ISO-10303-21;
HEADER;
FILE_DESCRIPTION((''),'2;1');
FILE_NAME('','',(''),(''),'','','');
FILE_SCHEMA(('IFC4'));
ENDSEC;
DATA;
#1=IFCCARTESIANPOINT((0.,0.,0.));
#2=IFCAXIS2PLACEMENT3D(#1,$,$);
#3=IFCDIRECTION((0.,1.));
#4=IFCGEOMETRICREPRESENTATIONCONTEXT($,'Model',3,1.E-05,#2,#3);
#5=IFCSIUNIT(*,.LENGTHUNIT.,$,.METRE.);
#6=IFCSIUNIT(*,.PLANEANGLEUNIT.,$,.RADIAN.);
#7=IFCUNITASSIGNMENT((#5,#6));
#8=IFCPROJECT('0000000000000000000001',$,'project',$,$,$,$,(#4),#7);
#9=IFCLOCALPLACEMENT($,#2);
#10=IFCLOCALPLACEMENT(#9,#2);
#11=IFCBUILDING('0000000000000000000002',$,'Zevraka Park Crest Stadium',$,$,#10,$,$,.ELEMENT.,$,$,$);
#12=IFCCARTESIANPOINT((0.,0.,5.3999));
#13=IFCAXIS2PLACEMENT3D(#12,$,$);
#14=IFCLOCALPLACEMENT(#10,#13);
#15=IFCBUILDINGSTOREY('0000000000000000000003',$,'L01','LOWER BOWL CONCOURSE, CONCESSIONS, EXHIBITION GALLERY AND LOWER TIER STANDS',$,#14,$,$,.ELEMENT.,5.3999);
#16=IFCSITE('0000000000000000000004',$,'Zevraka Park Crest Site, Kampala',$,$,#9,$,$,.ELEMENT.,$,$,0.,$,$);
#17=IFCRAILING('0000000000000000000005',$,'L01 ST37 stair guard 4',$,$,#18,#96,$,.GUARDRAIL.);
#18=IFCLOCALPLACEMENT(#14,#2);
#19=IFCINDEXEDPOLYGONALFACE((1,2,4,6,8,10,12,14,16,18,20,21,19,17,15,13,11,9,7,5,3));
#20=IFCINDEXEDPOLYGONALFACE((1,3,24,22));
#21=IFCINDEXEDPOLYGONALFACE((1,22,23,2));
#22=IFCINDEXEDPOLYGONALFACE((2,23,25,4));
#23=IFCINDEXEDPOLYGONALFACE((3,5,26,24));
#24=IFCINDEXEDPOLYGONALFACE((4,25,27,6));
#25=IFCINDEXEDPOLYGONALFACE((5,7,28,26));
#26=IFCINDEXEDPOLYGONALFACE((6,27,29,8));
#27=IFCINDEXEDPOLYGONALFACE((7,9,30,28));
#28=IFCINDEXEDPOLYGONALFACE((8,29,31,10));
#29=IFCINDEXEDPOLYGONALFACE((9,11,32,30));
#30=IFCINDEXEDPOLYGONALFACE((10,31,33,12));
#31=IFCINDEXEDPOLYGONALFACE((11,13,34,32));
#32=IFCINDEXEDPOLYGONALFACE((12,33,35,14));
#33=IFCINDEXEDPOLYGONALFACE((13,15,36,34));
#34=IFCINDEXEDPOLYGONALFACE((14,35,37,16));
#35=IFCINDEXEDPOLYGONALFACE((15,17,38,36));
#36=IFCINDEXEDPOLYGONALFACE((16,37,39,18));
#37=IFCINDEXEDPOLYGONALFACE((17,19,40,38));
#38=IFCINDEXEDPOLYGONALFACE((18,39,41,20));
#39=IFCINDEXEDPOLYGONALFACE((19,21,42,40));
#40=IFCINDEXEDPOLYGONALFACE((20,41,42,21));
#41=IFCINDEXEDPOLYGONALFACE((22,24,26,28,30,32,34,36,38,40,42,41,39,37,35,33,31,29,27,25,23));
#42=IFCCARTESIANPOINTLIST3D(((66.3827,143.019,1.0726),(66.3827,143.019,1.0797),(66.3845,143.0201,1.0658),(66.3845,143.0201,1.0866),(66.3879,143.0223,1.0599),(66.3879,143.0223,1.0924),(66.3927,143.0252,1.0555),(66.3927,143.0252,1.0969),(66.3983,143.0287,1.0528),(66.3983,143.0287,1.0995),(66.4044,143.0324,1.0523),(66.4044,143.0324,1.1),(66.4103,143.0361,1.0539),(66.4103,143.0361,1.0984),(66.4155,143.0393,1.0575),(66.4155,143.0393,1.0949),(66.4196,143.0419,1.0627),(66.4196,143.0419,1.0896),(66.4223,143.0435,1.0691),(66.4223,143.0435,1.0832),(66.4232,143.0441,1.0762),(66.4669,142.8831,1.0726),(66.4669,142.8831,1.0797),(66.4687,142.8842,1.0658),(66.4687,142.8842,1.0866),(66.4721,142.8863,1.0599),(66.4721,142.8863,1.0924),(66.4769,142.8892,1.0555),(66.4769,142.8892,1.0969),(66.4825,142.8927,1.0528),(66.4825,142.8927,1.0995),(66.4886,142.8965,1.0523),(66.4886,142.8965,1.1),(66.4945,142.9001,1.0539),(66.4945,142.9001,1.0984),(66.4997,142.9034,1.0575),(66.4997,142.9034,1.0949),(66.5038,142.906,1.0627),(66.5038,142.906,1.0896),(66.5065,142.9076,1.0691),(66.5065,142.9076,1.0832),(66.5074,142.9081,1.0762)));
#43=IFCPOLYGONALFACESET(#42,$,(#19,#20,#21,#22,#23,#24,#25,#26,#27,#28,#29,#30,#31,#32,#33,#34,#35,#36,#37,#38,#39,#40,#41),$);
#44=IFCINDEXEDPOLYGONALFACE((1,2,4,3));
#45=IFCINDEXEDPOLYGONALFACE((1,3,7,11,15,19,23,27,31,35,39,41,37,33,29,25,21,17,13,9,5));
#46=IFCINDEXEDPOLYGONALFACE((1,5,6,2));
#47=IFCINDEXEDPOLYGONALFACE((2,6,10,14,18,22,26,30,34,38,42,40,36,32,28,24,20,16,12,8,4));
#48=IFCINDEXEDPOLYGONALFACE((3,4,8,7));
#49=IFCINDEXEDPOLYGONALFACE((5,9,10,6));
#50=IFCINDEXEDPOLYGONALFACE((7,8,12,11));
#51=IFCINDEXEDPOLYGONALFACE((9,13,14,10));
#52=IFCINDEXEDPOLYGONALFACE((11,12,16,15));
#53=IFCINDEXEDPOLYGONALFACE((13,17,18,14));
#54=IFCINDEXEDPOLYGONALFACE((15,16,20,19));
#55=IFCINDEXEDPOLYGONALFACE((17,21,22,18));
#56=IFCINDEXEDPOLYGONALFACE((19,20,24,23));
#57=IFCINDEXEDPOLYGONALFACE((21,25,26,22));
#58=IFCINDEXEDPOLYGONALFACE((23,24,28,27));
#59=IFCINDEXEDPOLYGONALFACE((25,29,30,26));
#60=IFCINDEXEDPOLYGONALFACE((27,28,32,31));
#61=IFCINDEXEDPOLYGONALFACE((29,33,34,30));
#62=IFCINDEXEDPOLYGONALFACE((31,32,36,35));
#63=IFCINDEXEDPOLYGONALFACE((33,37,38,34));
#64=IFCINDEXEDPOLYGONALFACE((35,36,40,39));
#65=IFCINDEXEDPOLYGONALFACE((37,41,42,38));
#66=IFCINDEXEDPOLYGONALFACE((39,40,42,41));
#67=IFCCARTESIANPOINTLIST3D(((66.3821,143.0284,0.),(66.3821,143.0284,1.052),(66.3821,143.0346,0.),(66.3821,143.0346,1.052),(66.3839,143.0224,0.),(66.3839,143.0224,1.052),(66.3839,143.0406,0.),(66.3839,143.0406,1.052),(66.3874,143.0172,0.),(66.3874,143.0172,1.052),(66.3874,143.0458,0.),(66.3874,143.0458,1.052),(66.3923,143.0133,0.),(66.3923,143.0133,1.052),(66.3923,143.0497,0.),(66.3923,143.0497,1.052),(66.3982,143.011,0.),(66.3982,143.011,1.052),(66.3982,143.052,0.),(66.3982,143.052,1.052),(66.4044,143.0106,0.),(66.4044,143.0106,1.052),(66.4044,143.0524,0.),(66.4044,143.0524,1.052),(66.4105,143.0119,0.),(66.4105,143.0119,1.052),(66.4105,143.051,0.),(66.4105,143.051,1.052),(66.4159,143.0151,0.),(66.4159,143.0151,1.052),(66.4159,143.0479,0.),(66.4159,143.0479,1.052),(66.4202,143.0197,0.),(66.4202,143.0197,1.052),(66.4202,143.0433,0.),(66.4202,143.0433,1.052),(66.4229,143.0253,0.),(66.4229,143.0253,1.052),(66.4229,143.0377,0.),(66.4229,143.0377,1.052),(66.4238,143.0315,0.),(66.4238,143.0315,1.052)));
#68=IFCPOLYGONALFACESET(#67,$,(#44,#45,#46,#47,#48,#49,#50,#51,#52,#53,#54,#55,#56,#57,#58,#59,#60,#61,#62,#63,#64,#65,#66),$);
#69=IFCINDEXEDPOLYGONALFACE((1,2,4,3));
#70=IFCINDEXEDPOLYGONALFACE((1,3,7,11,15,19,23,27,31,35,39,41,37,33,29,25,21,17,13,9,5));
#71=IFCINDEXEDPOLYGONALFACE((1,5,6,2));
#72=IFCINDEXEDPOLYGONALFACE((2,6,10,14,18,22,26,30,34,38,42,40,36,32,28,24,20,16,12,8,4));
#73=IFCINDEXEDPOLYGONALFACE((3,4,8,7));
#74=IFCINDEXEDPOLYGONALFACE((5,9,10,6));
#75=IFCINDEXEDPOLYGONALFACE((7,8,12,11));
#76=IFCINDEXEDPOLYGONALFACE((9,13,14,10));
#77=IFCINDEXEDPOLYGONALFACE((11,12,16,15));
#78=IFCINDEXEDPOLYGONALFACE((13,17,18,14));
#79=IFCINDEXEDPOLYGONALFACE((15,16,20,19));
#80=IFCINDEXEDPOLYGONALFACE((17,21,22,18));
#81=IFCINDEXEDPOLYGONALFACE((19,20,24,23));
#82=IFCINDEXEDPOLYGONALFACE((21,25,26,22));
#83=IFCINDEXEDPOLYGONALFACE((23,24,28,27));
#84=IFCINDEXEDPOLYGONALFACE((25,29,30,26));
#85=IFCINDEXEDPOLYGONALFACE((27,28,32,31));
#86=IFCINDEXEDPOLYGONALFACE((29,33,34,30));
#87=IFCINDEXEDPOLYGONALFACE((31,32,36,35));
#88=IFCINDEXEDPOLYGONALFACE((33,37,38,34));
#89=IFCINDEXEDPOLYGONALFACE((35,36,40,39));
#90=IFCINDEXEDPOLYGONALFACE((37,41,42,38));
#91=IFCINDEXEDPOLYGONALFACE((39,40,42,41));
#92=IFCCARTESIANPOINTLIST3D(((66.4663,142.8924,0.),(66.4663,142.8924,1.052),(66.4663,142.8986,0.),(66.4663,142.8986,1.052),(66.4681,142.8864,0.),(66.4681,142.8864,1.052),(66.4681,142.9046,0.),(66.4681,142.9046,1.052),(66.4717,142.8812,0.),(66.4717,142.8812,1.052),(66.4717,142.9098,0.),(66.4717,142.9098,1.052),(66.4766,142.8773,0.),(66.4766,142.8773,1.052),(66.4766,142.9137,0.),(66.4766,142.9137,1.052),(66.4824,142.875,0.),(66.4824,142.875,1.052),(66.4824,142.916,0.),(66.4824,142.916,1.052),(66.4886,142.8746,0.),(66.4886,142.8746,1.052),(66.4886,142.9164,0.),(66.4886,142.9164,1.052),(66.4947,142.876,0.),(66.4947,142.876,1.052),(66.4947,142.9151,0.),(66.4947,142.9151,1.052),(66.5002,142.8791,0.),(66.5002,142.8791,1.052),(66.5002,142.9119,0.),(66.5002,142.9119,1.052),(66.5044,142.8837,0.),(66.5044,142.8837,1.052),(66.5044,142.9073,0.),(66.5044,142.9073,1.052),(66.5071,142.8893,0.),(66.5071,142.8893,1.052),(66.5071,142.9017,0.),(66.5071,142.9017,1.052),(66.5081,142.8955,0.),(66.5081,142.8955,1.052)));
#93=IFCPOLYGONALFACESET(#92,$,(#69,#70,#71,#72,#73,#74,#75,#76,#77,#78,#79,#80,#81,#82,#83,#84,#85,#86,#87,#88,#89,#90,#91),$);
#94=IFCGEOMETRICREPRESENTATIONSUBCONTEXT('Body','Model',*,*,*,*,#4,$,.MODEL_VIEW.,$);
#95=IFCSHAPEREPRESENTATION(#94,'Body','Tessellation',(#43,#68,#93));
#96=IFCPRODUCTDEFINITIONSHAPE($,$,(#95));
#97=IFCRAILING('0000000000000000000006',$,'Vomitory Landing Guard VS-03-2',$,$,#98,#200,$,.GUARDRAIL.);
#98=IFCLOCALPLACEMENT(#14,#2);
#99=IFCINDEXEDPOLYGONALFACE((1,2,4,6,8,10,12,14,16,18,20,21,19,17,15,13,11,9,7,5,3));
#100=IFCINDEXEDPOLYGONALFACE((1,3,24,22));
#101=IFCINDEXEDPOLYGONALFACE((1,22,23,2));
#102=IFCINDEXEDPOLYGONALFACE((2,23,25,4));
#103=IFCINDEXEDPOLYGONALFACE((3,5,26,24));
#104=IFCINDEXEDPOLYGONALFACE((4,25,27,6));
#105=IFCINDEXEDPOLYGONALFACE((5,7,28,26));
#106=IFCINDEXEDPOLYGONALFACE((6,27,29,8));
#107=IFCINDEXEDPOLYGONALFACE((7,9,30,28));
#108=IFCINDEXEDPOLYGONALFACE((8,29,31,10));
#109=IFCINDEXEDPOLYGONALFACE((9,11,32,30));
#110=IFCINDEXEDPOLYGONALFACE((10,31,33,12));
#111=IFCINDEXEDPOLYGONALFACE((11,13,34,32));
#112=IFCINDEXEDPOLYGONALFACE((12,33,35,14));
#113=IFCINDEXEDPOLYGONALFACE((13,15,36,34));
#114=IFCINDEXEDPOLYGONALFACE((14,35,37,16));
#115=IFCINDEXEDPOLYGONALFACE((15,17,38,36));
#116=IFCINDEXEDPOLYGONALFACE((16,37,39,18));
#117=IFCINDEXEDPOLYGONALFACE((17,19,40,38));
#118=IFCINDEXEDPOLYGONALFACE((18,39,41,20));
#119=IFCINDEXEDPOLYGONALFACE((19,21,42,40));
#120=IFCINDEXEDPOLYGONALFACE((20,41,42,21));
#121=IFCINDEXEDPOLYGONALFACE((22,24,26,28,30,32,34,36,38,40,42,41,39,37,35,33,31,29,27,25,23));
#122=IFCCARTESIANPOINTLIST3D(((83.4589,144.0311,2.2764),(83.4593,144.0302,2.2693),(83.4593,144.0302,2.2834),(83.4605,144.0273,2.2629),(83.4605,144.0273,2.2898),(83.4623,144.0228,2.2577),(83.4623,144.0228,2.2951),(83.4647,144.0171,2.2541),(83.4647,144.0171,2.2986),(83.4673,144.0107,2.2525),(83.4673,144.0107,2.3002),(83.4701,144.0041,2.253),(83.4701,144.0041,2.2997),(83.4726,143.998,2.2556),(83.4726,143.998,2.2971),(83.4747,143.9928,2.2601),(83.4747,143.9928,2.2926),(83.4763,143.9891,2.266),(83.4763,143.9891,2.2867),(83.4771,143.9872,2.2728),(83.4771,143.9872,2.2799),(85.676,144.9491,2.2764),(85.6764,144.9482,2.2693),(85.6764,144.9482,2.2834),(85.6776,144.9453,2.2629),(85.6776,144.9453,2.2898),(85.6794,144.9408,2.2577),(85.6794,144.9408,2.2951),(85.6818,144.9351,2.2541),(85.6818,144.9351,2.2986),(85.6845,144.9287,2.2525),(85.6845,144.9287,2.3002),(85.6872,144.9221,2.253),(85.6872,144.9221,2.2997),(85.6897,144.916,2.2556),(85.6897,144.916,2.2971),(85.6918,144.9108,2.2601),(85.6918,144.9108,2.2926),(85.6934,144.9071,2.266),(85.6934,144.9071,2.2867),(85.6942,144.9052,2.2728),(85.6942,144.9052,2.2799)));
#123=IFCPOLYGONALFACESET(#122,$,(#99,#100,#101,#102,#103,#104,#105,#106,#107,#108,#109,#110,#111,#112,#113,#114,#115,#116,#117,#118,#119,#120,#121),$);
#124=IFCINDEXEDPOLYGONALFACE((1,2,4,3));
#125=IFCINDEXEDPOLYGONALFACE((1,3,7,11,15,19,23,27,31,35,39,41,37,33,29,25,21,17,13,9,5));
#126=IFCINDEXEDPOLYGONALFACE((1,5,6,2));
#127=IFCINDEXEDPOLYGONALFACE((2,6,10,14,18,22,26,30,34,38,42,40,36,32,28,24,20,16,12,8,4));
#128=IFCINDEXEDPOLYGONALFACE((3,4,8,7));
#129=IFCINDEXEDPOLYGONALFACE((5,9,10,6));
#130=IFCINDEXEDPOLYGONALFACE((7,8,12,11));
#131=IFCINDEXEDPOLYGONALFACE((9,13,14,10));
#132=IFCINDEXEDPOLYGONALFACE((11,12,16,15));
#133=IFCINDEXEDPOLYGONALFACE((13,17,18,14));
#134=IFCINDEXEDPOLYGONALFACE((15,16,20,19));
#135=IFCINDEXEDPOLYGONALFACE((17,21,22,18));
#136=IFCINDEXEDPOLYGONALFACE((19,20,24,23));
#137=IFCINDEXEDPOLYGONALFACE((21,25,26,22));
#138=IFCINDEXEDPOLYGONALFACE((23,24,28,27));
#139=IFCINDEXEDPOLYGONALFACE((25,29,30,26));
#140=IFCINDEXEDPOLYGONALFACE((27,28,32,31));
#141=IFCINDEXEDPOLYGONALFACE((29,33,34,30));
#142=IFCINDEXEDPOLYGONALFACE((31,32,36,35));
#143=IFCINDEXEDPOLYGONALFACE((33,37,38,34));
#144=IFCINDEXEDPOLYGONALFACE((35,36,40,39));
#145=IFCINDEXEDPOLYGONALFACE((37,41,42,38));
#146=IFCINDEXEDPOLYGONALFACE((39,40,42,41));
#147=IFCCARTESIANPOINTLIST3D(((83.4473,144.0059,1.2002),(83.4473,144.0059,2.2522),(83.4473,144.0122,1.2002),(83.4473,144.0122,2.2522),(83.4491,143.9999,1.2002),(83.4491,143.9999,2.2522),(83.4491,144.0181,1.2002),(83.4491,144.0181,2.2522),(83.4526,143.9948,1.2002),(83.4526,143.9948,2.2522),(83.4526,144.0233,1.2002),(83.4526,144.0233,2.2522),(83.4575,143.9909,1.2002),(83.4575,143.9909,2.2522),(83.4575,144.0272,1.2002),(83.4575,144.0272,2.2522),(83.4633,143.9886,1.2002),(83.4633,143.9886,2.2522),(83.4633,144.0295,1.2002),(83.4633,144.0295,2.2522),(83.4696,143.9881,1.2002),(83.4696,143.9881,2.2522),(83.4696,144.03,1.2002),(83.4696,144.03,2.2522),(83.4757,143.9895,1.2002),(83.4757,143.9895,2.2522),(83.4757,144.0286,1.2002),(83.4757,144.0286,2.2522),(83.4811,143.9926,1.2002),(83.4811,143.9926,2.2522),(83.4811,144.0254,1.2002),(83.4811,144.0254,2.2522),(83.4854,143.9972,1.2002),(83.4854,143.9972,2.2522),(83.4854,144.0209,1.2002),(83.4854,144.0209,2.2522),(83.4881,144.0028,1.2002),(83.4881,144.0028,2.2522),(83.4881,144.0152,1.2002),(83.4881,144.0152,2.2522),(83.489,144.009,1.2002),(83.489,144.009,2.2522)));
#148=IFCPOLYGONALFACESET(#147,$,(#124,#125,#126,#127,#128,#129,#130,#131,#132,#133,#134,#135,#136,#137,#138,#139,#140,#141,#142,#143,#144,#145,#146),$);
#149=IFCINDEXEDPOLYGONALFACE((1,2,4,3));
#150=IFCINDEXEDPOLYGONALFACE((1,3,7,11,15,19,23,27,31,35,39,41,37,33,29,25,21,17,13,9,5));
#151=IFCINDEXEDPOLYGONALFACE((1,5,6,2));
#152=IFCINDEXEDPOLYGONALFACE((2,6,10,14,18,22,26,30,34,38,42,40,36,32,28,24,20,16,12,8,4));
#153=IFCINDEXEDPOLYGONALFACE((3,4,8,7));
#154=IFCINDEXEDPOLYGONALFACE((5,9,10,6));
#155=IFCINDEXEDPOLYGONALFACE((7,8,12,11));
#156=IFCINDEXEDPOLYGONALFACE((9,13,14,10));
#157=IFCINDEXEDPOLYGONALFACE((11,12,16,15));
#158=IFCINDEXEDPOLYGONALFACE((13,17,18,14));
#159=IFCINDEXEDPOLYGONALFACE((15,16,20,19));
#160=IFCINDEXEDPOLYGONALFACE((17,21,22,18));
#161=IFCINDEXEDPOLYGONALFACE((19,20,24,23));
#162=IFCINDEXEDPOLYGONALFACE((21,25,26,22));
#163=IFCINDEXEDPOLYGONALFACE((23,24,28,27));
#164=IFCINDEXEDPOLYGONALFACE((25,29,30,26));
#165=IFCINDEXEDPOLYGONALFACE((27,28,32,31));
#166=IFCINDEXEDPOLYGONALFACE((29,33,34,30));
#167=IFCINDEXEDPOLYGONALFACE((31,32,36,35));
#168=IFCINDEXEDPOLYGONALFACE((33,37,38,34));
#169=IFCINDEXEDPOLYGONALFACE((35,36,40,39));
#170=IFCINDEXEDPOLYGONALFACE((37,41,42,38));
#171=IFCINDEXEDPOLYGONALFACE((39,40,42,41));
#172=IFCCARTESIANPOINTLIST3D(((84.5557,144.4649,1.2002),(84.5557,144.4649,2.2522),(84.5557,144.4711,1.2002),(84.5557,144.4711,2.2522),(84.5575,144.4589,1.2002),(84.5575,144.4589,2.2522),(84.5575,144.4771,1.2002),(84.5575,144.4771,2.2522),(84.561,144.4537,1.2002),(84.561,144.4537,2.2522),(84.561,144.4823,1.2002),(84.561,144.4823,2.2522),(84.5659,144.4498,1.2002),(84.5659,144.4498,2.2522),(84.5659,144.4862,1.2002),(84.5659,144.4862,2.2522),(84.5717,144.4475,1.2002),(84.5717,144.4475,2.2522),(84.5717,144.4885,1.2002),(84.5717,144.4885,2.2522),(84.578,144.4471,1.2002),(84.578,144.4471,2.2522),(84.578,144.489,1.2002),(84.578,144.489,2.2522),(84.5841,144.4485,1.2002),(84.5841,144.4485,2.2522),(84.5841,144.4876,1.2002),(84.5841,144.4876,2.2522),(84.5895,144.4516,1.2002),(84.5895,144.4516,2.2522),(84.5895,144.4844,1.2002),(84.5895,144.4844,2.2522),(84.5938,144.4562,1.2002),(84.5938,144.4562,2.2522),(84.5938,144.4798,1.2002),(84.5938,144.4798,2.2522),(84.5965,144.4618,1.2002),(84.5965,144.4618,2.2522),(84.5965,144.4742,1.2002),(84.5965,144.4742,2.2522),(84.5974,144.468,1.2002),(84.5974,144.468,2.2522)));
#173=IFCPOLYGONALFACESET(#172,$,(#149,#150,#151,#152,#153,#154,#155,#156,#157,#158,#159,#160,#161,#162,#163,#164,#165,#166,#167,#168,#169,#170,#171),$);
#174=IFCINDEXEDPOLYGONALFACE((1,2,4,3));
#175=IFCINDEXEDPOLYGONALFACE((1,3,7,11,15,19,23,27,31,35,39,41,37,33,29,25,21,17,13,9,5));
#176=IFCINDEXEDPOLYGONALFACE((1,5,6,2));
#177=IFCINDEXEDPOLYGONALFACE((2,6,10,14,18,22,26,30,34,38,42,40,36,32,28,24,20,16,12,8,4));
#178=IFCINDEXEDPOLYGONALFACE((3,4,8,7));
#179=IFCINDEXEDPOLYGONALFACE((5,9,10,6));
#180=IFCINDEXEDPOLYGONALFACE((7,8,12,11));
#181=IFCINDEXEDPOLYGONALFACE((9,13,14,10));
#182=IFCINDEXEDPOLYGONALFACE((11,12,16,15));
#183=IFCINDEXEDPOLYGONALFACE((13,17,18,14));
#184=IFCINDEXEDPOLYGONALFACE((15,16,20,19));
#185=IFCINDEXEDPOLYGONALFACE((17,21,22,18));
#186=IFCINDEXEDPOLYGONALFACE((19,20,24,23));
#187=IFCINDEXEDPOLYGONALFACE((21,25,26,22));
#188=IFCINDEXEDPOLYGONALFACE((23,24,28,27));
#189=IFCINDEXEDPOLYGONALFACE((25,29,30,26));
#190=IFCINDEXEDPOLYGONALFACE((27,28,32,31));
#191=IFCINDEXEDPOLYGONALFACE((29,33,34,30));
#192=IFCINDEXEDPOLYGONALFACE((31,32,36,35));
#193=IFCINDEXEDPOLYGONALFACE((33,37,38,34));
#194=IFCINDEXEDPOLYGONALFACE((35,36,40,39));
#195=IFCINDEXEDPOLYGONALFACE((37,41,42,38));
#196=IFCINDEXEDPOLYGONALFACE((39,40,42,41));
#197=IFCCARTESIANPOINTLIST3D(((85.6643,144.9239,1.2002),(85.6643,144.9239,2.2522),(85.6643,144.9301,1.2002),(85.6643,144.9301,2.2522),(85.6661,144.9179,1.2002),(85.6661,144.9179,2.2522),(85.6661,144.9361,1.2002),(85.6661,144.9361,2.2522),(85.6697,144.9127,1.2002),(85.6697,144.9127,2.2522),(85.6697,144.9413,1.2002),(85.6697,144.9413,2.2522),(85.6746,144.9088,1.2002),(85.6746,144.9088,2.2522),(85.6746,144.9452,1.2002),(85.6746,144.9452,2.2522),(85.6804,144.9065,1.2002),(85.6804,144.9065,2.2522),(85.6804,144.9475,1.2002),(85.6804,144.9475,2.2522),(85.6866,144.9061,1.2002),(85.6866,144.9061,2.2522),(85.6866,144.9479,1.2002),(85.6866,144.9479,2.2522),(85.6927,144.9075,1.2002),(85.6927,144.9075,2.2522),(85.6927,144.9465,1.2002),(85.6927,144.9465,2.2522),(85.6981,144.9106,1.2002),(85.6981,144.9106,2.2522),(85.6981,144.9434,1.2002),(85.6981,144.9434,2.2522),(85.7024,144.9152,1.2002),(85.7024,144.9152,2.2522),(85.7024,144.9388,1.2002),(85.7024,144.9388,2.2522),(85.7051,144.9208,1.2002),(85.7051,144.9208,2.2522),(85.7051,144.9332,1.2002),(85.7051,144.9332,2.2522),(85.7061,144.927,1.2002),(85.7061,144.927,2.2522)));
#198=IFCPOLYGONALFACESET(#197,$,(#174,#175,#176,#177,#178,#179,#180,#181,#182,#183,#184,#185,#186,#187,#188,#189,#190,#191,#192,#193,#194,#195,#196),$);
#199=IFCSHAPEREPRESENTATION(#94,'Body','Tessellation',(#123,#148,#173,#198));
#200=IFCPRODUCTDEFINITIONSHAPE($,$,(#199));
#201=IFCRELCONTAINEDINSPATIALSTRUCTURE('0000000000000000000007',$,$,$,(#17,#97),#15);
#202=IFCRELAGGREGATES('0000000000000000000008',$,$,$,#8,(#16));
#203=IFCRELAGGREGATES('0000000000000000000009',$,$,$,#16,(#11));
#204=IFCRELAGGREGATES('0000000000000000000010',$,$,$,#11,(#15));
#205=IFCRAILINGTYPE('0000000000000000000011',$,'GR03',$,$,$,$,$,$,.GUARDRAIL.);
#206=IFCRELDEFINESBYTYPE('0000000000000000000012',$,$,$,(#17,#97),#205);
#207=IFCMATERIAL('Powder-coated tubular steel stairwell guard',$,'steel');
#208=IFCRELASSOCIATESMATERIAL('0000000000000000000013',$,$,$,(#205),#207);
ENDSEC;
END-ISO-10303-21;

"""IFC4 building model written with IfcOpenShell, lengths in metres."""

from ifc_helpers import new_model, si_unit, direction, frame, origin, origin_2d, place, context, subcontext, project, spatial, circle, extrude, material, type_object, element, save


model = new_model("IFC4")

# Units and contexts
model_context = context("Model", 3, precision=1e-05, world=origin(), true_north=direction((0.0, 1.0)))
body_context = subcontext(model_context, "Body", "Model", "MODEL_VIEW")
ifc_project = project(units=[si_unit("LENGTHUNIT", "METRE"), si_unit("PLANEANGLEUNIT", "RADIAN")], contexts=[model_context])

# Site, building, storey
site_placement = place(None, origin())
site = spatial("IfcSite", under=ifc_project, at=site_placement, Name="Zevraka Park Crest Site, Kampala", CompositionType="ELEMENT", RefElevation=0.0)
building_placement = place(site_placement, origin())
building = spatial("IfcBuilding", under=site, at=building_placement, Name="Zevraka Park Crest Stadium", CompositionType="ELEMENT")
storey_placement = place(building_placement, frame((0.0, 0.0, 5.3999)))
storey = spatial("IfcBuildingStorey", under=building, at=storey_placement, Name="L01", Description="LOWER BOWL CONCOURSE, CONCESSIONS, EXHIBITION GALLERY AND LOWER TIER STANDS", CompositionType="ELEMENT", Elevation=5.3999)

# Railings
ifc_material_1 = material(Name="Powder-coated tubular steel stairwell guard", Category="steel")
railing_type_1 = type_object("IfcRailingType", Name="GR03", PredefinedType="GUARDRAIL", material=ifc_material_1)
railing_1_placement = place(storey_placement, frame((66.4028, 143.0315, 0.0)))
element("IfcRailing", 1, at=railing_1_placement, inside=storey, type_object=railing_type_1, Name="L01 ST37 stair guard 4", PredefinedType="GUARDRAIL", context=body_context, shape_type="SweptSolid", body=[
    extrude(circle(Radius=0.0239, at=origin_2d()), frame((0.0, 0.0, 1.0762), z_axis=(0.526565, -0.850135, 0.0), x_axis=(0.850135, 0.526565, 0.0)), (0.0, 0.0, 1.0), 0.1599),
    extrude(circle(Radius=0.021, at=origin_2d()), origin(), (0.0, 0.0, 1.0), 1.052),
    extrude(circle(Radius=0.021, at=origin_2d()), frame((0.0842, -0.136, 0.0)), (0.0, 0.0, 1.0), 1.052),
])
railing_2_placement = place(storey_placement, frame((83.468, 144.009, 1.2002)))
element("IfcRailing", 2, at=railing_2_placement, inside=storey, type_object=railing_type_1, Name="Vomitory Landing Guard VS-03-2", PredefinedType="GUARDRAIL", context=body_context, shape_type="SweptSolid", body=[
    extrude(circle(Radius=0.0239, at=origin_2d()), frame((0.0, 0.0, 1.0762), z_axis=(0.923933, 0.382555, 0.0), x_axis=(-0.382555, 0.923933, 0.0)), (0.0, 0.0, 1.0), 2.3997),
    extrude(circle(Radius=0.021, at=origin_2d()), origin(), (0.0, 0.0, 1.0), 1.052),
    extrude(circle(Radius=0.021, at=origin_2d()), frame((1.1084, 0.459, 0.0)), (0.0, 0.0, 1.0), 1.052),
    extrude(circle(Radius=0.021, at=origin_2d()), frame((2.217, 0.918, 0.0)), (0.0, 0.0, 1.0), 1.052),
])

save(model, "model.ifc")
